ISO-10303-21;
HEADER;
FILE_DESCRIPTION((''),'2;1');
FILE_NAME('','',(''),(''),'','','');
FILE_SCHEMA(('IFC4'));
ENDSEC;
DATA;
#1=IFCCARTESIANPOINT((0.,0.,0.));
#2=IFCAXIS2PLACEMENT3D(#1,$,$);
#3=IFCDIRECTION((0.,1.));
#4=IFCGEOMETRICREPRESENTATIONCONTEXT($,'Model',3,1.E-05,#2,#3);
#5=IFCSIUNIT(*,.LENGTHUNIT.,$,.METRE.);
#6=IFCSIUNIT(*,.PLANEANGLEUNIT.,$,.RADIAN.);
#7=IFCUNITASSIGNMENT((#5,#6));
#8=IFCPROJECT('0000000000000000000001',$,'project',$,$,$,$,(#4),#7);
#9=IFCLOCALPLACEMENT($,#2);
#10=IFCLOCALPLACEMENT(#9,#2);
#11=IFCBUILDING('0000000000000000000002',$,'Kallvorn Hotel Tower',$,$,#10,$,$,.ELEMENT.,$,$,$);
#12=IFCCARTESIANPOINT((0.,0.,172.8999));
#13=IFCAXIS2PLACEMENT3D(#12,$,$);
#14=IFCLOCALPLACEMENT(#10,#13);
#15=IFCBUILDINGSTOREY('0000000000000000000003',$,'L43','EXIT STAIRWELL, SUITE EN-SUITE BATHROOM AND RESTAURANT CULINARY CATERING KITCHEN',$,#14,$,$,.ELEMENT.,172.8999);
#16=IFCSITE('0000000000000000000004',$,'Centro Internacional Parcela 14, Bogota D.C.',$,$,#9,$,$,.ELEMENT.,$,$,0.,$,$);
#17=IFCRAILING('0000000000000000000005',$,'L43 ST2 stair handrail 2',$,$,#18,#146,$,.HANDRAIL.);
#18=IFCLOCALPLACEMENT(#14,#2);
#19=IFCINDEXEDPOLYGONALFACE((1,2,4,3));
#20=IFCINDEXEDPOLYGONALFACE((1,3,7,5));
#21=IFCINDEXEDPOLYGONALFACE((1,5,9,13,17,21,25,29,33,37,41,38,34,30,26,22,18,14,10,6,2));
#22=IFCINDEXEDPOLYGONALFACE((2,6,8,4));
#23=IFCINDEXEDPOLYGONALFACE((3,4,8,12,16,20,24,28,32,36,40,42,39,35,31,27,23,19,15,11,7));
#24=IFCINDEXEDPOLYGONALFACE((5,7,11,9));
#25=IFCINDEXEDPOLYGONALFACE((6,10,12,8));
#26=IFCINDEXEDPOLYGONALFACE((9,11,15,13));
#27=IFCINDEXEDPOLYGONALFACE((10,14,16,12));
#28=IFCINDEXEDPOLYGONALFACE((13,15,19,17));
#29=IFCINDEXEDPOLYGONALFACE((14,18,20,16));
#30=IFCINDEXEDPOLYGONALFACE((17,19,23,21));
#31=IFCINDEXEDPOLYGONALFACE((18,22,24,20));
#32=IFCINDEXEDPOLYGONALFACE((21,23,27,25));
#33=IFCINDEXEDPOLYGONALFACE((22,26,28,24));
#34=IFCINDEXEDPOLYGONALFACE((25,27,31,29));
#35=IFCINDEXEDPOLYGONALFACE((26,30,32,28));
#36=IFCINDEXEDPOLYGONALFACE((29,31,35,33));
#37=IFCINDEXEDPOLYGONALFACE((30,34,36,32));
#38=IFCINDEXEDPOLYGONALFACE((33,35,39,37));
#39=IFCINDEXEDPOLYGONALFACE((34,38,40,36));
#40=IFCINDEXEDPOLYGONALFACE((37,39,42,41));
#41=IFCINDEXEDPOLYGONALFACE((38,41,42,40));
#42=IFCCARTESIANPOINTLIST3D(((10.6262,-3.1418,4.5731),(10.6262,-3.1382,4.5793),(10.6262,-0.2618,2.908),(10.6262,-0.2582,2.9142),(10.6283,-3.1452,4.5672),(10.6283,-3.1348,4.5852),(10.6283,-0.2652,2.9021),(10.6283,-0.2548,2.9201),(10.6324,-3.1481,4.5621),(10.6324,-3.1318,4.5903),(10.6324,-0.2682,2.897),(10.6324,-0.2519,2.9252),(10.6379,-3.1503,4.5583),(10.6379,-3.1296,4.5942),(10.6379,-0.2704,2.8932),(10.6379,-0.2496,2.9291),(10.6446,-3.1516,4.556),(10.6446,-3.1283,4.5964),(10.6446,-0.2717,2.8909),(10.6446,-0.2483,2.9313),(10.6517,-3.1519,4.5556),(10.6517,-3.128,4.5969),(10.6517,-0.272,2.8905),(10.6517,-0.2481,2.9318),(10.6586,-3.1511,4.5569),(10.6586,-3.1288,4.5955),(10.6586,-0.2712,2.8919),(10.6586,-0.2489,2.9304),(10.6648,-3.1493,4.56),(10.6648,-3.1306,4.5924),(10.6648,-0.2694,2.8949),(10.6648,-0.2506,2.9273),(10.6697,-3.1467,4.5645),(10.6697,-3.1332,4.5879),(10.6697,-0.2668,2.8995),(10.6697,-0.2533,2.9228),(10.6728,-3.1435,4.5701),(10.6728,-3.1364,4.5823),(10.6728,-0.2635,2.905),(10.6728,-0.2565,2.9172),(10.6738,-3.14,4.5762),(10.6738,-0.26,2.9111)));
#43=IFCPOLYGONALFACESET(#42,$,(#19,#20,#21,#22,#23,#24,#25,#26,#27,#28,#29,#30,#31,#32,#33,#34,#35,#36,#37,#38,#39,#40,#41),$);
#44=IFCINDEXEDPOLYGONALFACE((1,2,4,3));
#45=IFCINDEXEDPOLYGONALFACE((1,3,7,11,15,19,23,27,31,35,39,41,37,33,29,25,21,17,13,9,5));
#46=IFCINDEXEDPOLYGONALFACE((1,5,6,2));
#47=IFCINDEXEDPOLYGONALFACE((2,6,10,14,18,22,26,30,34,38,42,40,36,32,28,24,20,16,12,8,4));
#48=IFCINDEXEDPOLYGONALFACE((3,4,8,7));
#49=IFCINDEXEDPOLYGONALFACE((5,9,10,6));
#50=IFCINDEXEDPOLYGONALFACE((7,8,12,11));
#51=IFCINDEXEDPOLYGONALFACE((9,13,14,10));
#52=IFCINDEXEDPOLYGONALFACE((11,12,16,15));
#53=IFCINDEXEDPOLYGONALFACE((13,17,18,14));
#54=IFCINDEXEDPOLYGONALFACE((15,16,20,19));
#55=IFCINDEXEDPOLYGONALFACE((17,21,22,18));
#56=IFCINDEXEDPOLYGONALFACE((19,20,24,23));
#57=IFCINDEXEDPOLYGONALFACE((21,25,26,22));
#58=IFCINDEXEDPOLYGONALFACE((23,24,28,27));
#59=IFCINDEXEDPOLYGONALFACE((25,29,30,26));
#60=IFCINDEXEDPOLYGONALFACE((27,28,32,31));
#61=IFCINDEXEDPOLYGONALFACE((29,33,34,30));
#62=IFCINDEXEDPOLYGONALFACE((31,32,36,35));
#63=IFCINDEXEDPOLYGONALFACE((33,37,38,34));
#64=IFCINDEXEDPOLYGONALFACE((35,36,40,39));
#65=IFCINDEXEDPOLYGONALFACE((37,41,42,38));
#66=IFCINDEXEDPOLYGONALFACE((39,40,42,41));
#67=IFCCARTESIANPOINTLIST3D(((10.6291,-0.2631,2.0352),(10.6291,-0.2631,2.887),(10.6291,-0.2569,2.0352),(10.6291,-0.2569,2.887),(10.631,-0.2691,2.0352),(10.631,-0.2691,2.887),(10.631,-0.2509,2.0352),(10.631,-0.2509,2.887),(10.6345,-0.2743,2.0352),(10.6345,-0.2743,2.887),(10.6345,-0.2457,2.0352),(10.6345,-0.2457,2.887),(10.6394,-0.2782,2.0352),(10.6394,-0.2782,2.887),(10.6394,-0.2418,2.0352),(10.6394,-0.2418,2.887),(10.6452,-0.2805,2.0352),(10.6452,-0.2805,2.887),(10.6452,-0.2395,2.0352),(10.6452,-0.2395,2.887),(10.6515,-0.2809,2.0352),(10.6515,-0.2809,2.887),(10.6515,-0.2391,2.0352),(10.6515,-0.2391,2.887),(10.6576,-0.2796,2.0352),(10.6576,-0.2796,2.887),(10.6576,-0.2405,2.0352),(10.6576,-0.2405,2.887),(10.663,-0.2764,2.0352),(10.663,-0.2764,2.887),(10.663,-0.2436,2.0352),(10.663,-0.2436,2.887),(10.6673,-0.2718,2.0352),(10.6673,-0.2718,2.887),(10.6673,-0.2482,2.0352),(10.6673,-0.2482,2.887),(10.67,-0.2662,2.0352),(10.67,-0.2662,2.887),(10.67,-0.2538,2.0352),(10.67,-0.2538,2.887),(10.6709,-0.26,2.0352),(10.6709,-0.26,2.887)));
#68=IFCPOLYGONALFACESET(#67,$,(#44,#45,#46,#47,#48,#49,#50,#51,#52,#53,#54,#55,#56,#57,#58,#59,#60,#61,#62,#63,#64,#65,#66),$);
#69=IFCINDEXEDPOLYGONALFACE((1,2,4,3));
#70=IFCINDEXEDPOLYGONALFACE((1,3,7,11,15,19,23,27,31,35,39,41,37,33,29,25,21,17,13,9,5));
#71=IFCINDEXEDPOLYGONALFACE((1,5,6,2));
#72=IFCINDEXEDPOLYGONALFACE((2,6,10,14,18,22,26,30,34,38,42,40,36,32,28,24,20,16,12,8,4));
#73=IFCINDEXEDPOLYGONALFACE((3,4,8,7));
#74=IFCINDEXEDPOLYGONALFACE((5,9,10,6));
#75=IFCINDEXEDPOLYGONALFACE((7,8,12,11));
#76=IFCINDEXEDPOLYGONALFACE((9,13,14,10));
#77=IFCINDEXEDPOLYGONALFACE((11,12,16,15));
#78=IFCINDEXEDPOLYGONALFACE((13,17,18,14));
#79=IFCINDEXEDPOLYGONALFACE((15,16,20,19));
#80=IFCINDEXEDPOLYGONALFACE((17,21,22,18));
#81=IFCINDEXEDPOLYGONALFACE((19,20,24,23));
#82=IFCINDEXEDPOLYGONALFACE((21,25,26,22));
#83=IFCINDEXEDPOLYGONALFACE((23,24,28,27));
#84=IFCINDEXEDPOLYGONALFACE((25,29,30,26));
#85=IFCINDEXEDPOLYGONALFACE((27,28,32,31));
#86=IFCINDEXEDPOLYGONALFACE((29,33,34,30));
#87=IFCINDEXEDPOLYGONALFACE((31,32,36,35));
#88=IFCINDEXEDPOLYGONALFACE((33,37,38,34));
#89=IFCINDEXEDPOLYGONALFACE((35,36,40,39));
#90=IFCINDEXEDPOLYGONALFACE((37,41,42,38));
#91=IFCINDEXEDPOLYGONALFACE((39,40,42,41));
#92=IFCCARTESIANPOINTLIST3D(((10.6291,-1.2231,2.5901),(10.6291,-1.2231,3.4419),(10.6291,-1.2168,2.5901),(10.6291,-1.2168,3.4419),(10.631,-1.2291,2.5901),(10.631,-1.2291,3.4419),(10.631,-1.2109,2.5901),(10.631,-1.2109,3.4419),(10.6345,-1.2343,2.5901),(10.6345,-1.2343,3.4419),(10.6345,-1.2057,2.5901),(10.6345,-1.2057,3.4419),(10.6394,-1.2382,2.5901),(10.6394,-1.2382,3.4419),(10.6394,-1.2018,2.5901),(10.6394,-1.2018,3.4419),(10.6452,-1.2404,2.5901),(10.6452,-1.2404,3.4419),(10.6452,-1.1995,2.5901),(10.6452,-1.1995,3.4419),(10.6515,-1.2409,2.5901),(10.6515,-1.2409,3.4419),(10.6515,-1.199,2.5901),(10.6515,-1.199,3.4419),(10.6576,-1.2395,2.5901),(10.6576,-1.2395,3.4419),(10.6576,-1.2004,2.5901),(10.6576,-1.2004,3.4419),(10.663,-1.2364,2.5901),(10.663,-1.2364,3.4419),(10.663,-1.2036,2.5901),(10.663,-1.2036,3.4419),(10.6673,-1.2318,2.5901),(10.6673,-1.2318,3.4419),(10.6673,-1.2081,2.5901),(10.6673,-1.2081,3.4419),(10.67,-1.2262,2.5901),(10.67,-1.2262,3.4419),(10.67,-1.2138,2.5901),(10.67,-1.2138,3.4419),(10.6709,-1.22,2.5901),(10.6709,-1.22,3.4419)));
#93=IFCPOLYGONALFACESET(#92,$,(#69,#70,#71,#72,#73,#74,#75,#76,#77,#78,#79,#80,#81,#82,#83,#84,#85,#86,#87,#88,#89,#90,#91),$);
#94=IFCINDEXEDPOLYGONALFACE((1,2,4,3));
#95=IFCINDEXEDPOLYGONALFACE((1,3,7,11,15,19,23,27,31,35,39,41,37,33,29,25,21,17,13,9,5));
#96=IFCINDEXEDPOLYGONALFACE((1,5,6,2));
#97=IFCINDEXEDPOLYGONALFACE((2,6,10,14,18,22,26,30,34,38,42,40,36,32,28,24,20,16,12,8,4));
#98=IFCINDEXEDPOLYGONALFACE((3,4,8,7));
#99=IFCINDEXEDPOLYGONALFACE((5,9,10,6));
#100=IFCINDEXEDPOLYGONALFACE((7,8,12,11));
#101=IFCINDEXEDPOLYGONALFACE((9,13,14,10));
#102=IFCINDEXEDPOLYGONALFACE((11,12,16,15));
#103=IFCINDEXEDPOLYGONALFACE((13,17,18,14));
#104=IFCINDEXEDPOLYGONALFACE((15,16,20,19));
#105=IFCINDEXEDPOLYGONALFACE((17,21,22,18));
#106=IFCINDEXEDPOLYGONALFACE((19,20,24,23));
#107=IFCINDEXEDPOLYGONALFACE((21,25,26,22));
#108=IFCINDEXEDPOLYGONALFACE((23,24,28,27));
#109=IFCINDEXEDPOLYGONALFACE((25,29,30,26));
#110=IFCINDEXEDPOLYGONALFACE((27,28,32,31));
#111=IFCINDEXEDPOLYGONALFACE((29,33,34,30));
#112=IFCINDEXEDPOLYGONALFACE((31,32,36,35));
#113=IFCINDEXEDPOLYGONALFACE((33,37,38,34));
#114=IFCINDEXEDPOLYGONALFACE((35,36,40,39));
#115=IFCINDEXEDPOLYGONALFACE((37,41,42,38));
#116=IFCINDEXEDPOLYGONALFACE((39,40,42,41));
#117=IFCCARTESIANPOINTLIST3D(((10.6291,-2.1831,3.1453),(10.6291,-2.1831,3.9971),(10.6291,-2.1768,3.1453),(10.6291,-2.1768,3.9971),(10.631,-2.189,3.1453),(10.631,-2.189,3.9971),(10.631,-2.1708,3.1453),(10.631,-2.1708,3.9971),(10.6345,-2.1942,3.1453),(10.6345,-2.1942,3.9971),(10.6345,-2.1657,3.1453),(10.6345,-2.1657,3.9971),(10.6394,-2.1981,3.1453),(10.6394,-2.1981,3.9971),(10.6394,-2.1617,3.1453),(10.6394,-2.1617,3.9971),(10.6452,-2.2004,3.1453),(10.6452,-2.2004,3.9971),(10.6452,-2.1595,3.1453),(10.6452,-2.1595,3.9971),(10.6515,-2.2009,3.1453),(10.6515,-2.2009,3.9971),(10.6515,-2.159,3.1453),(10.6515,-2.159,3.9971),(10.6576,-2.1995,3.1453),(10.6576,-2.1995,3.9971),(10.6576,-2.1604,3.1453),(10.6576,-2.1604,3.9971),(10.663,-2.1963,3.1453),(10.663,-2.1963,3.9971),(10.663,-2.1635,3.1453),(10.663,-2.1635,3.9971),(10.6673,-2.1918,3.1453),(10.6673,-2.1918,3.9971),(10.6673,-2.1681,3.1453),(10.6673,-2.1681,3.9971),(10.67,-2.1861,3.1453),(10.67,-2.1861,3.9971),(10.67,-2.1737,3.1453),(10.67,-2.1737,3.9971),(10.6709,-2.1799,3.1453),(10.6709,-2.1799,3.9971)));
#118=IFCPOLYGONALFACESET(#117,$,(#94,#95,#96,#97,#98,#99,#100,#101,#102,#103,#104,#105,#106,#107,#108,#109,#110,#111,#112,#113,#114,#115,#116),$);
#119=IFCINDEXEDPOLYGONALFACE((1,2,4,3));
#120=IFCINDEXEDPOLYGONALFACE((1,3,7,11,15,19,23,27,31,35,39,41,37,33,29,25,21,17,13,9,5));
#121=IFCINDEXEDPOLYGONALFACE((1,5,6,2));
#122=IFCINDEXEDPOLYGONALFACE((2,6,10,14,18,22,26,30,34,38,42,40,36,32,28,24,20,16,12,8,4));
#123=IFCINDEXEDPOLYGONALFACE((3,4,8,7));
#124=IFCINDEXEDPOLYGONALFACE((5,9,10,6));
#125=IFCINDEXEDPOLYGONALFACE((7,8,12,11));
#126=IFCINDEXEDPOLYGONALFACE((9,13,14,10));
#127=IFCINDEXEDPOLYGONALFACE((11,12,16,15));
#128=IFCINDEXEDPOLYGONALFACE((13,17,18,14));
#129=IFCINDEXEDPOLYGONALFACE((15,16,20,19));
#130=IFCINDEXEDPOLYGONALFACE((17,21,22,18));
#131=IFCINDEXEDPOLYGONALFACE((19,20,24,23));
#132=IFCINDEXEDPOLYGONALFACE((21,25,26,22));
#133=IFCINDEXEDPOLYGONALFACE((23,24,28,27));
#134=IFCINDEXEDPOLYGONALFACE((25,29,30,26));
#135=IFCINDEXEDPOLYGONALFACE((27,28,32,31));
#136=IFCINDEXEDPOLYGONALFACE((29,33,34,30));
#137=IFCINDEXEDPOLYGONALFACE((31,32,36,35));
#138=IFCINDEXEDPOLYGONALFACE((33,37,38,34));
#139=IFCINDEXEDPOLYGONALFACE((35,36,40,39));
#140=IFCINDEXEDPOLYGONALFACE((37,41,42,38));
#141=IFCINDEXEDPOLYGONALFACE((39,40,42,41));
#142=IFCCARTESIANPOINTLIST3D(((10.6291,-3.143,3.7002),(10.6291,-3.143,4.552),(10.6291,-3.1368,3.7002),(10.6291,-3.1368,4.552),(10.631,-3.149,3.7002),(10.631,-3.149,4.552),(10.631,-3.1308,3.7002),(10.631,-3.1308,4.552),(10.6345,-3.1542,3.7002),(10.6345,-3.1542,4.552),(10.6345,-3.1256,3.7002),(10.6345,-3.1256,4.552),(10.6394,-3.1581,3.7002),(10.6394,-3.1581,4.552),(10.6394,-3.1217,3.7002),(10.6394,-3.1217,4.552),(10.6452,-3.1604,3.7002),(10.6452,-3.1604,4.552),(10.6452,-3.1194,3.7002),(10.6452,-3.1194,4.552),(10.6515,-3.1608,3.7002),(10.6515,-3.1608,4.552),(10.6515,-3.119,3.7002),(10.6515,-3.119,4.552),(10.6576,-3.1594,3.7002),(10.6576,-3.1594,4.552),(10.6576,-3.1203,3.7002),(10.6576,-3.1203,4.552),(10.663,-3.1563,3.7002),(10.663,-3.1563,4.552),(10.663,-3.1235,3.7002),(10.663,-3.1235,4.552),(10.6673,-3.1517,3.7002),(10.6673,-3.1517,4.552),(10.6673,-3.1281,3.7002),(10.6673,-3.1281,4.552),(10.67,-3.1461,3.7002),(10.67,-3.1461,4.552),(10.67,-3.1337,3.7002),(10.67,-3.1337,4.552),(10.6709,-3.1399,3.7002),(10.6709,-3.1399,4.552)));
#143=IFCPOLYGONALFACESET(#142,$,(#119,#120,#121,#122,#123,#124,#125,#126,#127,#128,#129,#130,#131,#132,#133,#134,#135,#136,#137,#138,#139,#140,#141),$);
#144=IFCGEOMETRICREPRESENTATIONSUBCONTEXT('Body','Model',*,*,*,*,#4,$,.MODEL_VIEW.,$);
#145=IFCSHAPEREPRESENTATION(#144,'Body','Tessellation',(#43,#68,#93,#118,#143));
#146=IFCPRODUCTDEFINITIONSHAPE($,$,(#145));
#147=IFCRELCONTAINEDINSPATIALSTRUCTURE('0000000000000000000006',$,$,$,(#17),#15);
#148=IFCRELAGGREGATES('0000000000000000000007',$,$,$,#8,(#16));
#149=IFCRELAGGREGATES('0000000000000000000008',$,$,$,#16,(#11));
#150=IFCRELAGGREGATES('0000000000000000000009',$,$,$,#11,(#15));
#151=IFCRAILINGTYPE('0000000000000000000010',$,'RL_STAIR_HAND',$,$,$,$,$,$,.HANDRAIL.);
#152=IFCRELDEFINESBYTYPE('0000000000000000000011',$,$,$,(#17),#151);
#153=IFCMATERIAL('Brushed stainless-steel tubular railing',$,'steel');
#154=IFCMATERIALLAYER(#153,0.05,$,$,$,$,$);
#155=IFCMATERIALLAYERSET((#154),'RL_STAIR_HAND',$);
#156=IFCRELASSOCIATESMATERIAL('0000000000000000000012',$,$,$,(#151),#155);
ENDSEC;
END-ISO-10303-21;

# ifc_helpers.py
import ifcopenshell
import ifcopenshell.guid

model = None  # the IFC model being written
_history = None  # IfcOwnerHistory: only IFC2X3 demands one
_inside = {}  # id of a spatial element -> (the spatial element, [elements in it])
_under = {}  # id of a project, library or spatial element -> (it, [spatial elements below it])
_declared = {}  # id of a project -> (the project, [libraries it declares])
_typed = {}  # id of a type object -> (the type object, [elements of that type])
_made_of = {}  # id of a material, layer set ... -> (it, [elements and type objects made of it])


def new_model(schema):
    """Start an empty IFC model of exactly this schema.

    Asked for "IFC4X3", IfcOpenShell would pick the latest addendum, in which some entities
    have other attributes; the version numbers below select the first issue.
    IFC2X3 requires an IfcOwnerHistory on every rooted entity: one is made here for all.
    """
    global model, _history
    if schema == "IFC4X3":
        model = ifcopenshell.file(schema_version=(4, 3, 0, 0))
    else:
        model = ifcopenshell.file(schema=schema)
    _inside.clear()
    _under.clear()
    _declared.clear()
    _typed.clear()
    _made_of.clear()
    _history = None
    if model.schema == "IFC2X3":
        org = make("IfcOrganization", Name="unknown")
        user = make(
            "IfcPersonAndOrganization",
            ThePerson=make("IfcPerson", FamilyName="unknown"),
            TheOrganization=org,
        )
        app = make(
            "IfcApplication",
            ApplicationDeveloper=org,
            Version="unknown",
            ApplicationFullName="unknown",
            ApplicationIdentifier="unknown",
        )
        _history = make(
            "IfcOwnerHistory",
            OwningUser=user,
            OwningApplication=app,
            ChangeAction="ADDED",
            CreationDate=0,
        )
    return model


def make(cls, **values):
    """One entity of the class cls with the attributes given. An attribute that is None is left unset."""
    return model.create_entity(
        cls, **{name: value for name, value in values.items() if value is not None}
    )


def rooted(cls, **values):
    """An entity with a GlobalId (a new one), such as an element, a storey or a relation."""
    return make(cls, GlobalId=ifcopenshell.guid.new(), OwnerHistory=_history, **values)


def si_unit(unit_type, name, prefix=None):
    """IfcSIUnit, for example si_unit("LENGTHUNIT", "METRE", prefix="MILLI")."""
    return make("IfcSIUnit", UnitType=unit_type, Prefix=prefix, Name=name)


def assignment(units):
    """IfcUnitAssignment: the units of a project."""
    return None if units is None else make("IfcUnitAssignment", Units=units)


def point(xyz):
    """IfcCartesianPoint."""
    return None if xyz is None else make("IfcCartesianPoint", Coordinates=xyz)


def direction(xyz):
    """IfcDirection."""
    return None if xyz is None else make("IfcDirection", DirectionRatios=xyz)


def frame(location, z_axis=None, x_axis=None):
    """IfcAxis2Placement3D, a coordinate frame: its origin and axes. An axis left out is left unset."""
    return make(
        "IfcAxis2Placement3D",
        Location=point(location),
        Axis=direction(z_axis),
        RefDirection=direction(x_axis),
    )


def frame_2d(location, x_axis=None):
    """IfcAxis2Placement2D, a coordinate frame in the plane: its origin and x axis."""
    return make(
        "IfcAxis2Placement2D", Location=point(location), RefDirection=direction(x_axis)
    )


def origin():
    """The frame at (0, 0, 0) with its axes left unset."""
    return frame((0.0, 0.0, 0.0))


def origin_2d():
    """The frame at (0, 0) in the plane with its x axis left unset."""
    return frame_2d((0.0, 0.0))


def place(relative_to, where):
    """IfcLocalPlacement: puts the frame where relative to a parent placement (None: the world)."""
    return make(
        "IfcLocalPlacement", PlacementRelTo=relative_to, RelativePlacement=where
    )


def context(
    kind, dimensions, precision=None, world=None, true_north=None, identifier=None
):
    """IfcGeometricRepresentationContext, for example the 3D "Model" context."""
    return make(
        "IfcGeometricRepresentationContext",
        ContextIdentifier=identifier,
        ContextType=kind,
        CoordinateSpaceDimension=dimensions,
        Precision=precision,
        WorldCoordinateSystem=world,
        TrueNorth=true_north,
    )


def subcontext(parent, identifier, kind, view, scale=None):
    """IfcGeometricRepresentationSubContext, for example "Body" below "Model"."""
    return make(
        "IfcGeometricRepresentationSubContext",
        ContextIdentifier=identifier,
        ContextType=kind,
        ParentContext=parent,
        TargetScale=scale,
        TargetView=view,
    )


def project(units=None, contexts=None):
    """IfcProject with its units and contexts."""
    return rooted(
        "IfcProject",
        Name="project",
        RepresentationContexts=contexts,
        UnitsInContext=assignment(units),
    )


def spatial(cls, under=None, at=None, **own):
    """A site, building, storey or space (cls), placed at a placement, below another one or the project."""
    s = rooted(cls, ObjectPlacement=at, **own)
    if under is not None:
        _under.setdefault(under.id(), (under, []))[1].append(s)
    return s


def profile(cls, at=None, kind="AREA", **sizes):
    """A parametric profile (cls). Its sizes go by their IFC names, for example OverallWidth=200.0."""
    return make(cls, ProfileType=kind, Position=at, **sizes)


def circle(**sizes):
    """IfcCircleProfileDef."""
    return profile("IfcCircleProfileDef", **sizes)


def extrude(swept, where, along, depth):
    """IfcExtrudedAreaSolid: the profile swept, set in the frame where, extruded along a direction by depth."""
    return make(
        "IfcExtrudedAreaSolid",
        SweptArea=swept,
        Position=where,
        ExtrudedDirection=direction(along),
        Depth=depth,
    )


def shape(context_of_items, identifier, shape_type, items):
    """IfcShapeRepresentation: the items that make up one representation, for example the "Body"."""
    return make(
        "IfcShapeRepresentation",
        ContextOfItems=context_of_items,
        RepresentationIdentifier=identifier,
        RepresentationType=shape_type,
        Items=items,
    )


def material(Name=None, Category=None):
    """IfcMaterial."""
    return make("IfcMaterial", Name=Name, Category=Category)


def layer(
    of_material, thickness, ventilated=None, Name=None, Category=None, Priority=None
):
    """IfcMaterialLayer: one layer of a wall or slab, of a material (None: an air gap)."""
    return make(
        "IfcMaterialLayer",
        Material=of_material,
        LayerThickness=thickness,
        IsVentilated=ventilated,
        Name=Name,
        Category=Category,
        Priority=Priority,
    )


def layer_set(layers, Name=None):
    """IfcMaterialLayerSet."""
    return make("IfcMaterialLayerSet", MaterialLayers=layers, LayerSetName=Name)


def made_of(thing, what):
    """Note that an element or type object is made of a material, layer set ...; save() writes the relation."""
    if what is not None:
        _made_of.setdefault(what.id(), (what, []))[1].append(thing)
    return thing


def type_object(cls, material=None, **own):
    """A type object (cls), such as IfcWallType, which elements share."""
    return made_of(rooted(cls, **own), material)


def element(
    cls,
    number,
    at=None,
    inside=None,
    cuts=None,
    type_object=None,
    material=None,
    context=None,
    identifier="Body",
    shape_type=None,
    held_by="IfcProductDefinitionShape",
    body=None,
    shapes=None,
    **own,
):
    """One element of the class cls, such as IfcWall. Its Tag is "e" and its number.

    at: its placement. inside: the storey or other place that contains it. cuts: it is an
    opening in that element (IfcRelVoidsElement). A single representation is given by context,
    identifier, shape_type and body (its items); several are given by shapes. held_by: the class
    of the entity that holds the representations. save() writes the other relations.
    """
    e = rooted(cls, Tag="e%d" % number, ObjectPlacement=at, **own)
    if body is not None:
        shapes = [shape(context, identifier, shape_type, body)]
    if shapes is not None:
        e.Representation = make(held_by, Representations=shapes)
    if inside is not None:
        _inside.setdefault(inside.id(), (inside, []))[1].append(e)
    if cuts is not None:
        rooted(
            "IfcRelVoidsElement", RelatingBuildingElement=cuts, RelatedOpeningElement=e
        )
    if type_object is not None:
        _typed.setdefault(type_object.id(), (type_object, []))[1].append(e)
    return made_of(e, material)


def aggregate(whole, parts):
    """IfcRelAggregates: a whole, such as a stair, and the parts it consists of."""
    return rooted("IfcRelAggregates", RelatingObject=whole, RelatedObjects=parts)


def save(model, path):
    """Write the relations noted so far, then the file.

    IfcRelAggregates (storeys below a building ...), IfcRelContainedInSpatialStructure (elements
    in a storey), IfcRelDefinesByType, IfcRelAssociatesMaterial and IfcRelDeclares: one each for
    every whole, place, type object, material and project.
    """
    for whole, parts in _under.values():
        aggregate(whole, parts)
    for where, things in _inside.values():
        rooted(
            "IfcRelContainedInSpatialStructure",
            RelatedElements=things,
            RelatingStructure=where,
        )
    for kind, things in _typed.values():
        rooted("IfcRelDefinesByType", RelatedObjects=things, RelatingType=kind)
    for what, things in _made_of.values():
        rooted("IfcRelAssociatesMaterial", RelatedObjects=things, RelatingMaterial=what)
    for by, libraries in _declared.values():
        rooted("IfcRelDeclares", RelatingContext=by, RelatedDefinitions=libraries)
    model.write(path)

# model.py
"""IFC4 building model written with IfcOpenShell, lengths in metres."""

from ifc_helpers import new_model, si_unit, direction, frame, origin, origin_2d, place, context, subcontext, project, spatial, circle, extrude, material, layer, layer_set, type_object, element, save


model = new_model("IFC4")

# Units and contexts
model_context = context("Model", 3, precision=1e-05, world=origin(), true_north=direction((0.0, 1.0)))
body_context = subcontext(model_context, "Body", "Model", "MODEL_VIEW")
ifc_project = project(units=[si_unit("LENGTHUNIT", "METRE"), si_unit("PLANEANGLEUNIT", "RADIAN")], contexts=[model_context])

# Site, building, storey
site_placement = place(None, origin())
site = spatial("IfcSite", under=ifc_project, at=site_placement, Name="Centro Internacional Parcela 14, Bogota D.C.", CompositionType="ELEMENT", RefElevation=0.0)
building_placement = place(site_placement, origin())
building = spatial("IfcBuilding", under=site, at=building_placement, Name="Kallvorn Hotel Tower", CompositionType="ELEMENT")
storey_placement = place(building_placement, frame((0.0, 0.0, 172.8999)))
storey = spatial("IfcBuildingStorey", under=building, at=storey_placement, Name="L43", Description="EXIT STAIRWELL, SUITE EN-SUITE BATHROOM AND RESTAURANT CULINARY CATERING KITCHEN", CompositionType="ELEMENT", Elevation=172.8999)

# Railing
ifc_material_1 = material(Name="Brushed stainless-steel tubular railing", Category="steel")
ifc_layer_1 = layer(ifc_material_1, 0.05)
ifc_layer_set_1 = layer_set([ifc_layer_1], Name="RL_STAIR_HAND")
railing_type_1 = type_object("IfcRailingType", Name="RL_STAIR_HAND", PredefinedType="HANDRAIL", material=ifc_layer_set_1)
railing_1_placement = place(storey_placement, frame((10.6499, -0.26, 2.0352)))
element("IfcRailing", 1, at=railing_1_placement, inside=storey, type_object=railing_type_1, Name="L43 ST2 stair handrail 2", PredefinedType="HANDRAIL", context=body_context, shape_type="SweptSolid", body=[
    extrude(circle(Radius=0.0239, at=origin_2d()), frame((0.0, 0.0, 0.876), z_axis=(0.0, -0.865721, 0.500527), x_axis=(1.0, 0.0, 0.0)), (0.0, 0.0, 1.0), 3.3267),
    extrude(circle(Radius=0.021, at=origin_2d()), origin(), (0.0, 0.0, 1.0), 0.8518),
    extrude(circle(Radius=0.021, at=origin_2d()), frame((0.0, -0.96, 0.5549)), (0.0, 0.0, 1.0), 0.8518),
    extrude(circle(Radius=0.021, at=origin_2d()), frame((0.0, -1.9199, 1.1101)), (0.0, 0.0, 1.0), 0.8518),
    extrude(circle(Radius=0.021, at=origin_2d()), frame((0.0, -2.8799, 1.665)), (0.0, 0.0, 1.0), 0.8518),
])

save(model, "model.ifc")
